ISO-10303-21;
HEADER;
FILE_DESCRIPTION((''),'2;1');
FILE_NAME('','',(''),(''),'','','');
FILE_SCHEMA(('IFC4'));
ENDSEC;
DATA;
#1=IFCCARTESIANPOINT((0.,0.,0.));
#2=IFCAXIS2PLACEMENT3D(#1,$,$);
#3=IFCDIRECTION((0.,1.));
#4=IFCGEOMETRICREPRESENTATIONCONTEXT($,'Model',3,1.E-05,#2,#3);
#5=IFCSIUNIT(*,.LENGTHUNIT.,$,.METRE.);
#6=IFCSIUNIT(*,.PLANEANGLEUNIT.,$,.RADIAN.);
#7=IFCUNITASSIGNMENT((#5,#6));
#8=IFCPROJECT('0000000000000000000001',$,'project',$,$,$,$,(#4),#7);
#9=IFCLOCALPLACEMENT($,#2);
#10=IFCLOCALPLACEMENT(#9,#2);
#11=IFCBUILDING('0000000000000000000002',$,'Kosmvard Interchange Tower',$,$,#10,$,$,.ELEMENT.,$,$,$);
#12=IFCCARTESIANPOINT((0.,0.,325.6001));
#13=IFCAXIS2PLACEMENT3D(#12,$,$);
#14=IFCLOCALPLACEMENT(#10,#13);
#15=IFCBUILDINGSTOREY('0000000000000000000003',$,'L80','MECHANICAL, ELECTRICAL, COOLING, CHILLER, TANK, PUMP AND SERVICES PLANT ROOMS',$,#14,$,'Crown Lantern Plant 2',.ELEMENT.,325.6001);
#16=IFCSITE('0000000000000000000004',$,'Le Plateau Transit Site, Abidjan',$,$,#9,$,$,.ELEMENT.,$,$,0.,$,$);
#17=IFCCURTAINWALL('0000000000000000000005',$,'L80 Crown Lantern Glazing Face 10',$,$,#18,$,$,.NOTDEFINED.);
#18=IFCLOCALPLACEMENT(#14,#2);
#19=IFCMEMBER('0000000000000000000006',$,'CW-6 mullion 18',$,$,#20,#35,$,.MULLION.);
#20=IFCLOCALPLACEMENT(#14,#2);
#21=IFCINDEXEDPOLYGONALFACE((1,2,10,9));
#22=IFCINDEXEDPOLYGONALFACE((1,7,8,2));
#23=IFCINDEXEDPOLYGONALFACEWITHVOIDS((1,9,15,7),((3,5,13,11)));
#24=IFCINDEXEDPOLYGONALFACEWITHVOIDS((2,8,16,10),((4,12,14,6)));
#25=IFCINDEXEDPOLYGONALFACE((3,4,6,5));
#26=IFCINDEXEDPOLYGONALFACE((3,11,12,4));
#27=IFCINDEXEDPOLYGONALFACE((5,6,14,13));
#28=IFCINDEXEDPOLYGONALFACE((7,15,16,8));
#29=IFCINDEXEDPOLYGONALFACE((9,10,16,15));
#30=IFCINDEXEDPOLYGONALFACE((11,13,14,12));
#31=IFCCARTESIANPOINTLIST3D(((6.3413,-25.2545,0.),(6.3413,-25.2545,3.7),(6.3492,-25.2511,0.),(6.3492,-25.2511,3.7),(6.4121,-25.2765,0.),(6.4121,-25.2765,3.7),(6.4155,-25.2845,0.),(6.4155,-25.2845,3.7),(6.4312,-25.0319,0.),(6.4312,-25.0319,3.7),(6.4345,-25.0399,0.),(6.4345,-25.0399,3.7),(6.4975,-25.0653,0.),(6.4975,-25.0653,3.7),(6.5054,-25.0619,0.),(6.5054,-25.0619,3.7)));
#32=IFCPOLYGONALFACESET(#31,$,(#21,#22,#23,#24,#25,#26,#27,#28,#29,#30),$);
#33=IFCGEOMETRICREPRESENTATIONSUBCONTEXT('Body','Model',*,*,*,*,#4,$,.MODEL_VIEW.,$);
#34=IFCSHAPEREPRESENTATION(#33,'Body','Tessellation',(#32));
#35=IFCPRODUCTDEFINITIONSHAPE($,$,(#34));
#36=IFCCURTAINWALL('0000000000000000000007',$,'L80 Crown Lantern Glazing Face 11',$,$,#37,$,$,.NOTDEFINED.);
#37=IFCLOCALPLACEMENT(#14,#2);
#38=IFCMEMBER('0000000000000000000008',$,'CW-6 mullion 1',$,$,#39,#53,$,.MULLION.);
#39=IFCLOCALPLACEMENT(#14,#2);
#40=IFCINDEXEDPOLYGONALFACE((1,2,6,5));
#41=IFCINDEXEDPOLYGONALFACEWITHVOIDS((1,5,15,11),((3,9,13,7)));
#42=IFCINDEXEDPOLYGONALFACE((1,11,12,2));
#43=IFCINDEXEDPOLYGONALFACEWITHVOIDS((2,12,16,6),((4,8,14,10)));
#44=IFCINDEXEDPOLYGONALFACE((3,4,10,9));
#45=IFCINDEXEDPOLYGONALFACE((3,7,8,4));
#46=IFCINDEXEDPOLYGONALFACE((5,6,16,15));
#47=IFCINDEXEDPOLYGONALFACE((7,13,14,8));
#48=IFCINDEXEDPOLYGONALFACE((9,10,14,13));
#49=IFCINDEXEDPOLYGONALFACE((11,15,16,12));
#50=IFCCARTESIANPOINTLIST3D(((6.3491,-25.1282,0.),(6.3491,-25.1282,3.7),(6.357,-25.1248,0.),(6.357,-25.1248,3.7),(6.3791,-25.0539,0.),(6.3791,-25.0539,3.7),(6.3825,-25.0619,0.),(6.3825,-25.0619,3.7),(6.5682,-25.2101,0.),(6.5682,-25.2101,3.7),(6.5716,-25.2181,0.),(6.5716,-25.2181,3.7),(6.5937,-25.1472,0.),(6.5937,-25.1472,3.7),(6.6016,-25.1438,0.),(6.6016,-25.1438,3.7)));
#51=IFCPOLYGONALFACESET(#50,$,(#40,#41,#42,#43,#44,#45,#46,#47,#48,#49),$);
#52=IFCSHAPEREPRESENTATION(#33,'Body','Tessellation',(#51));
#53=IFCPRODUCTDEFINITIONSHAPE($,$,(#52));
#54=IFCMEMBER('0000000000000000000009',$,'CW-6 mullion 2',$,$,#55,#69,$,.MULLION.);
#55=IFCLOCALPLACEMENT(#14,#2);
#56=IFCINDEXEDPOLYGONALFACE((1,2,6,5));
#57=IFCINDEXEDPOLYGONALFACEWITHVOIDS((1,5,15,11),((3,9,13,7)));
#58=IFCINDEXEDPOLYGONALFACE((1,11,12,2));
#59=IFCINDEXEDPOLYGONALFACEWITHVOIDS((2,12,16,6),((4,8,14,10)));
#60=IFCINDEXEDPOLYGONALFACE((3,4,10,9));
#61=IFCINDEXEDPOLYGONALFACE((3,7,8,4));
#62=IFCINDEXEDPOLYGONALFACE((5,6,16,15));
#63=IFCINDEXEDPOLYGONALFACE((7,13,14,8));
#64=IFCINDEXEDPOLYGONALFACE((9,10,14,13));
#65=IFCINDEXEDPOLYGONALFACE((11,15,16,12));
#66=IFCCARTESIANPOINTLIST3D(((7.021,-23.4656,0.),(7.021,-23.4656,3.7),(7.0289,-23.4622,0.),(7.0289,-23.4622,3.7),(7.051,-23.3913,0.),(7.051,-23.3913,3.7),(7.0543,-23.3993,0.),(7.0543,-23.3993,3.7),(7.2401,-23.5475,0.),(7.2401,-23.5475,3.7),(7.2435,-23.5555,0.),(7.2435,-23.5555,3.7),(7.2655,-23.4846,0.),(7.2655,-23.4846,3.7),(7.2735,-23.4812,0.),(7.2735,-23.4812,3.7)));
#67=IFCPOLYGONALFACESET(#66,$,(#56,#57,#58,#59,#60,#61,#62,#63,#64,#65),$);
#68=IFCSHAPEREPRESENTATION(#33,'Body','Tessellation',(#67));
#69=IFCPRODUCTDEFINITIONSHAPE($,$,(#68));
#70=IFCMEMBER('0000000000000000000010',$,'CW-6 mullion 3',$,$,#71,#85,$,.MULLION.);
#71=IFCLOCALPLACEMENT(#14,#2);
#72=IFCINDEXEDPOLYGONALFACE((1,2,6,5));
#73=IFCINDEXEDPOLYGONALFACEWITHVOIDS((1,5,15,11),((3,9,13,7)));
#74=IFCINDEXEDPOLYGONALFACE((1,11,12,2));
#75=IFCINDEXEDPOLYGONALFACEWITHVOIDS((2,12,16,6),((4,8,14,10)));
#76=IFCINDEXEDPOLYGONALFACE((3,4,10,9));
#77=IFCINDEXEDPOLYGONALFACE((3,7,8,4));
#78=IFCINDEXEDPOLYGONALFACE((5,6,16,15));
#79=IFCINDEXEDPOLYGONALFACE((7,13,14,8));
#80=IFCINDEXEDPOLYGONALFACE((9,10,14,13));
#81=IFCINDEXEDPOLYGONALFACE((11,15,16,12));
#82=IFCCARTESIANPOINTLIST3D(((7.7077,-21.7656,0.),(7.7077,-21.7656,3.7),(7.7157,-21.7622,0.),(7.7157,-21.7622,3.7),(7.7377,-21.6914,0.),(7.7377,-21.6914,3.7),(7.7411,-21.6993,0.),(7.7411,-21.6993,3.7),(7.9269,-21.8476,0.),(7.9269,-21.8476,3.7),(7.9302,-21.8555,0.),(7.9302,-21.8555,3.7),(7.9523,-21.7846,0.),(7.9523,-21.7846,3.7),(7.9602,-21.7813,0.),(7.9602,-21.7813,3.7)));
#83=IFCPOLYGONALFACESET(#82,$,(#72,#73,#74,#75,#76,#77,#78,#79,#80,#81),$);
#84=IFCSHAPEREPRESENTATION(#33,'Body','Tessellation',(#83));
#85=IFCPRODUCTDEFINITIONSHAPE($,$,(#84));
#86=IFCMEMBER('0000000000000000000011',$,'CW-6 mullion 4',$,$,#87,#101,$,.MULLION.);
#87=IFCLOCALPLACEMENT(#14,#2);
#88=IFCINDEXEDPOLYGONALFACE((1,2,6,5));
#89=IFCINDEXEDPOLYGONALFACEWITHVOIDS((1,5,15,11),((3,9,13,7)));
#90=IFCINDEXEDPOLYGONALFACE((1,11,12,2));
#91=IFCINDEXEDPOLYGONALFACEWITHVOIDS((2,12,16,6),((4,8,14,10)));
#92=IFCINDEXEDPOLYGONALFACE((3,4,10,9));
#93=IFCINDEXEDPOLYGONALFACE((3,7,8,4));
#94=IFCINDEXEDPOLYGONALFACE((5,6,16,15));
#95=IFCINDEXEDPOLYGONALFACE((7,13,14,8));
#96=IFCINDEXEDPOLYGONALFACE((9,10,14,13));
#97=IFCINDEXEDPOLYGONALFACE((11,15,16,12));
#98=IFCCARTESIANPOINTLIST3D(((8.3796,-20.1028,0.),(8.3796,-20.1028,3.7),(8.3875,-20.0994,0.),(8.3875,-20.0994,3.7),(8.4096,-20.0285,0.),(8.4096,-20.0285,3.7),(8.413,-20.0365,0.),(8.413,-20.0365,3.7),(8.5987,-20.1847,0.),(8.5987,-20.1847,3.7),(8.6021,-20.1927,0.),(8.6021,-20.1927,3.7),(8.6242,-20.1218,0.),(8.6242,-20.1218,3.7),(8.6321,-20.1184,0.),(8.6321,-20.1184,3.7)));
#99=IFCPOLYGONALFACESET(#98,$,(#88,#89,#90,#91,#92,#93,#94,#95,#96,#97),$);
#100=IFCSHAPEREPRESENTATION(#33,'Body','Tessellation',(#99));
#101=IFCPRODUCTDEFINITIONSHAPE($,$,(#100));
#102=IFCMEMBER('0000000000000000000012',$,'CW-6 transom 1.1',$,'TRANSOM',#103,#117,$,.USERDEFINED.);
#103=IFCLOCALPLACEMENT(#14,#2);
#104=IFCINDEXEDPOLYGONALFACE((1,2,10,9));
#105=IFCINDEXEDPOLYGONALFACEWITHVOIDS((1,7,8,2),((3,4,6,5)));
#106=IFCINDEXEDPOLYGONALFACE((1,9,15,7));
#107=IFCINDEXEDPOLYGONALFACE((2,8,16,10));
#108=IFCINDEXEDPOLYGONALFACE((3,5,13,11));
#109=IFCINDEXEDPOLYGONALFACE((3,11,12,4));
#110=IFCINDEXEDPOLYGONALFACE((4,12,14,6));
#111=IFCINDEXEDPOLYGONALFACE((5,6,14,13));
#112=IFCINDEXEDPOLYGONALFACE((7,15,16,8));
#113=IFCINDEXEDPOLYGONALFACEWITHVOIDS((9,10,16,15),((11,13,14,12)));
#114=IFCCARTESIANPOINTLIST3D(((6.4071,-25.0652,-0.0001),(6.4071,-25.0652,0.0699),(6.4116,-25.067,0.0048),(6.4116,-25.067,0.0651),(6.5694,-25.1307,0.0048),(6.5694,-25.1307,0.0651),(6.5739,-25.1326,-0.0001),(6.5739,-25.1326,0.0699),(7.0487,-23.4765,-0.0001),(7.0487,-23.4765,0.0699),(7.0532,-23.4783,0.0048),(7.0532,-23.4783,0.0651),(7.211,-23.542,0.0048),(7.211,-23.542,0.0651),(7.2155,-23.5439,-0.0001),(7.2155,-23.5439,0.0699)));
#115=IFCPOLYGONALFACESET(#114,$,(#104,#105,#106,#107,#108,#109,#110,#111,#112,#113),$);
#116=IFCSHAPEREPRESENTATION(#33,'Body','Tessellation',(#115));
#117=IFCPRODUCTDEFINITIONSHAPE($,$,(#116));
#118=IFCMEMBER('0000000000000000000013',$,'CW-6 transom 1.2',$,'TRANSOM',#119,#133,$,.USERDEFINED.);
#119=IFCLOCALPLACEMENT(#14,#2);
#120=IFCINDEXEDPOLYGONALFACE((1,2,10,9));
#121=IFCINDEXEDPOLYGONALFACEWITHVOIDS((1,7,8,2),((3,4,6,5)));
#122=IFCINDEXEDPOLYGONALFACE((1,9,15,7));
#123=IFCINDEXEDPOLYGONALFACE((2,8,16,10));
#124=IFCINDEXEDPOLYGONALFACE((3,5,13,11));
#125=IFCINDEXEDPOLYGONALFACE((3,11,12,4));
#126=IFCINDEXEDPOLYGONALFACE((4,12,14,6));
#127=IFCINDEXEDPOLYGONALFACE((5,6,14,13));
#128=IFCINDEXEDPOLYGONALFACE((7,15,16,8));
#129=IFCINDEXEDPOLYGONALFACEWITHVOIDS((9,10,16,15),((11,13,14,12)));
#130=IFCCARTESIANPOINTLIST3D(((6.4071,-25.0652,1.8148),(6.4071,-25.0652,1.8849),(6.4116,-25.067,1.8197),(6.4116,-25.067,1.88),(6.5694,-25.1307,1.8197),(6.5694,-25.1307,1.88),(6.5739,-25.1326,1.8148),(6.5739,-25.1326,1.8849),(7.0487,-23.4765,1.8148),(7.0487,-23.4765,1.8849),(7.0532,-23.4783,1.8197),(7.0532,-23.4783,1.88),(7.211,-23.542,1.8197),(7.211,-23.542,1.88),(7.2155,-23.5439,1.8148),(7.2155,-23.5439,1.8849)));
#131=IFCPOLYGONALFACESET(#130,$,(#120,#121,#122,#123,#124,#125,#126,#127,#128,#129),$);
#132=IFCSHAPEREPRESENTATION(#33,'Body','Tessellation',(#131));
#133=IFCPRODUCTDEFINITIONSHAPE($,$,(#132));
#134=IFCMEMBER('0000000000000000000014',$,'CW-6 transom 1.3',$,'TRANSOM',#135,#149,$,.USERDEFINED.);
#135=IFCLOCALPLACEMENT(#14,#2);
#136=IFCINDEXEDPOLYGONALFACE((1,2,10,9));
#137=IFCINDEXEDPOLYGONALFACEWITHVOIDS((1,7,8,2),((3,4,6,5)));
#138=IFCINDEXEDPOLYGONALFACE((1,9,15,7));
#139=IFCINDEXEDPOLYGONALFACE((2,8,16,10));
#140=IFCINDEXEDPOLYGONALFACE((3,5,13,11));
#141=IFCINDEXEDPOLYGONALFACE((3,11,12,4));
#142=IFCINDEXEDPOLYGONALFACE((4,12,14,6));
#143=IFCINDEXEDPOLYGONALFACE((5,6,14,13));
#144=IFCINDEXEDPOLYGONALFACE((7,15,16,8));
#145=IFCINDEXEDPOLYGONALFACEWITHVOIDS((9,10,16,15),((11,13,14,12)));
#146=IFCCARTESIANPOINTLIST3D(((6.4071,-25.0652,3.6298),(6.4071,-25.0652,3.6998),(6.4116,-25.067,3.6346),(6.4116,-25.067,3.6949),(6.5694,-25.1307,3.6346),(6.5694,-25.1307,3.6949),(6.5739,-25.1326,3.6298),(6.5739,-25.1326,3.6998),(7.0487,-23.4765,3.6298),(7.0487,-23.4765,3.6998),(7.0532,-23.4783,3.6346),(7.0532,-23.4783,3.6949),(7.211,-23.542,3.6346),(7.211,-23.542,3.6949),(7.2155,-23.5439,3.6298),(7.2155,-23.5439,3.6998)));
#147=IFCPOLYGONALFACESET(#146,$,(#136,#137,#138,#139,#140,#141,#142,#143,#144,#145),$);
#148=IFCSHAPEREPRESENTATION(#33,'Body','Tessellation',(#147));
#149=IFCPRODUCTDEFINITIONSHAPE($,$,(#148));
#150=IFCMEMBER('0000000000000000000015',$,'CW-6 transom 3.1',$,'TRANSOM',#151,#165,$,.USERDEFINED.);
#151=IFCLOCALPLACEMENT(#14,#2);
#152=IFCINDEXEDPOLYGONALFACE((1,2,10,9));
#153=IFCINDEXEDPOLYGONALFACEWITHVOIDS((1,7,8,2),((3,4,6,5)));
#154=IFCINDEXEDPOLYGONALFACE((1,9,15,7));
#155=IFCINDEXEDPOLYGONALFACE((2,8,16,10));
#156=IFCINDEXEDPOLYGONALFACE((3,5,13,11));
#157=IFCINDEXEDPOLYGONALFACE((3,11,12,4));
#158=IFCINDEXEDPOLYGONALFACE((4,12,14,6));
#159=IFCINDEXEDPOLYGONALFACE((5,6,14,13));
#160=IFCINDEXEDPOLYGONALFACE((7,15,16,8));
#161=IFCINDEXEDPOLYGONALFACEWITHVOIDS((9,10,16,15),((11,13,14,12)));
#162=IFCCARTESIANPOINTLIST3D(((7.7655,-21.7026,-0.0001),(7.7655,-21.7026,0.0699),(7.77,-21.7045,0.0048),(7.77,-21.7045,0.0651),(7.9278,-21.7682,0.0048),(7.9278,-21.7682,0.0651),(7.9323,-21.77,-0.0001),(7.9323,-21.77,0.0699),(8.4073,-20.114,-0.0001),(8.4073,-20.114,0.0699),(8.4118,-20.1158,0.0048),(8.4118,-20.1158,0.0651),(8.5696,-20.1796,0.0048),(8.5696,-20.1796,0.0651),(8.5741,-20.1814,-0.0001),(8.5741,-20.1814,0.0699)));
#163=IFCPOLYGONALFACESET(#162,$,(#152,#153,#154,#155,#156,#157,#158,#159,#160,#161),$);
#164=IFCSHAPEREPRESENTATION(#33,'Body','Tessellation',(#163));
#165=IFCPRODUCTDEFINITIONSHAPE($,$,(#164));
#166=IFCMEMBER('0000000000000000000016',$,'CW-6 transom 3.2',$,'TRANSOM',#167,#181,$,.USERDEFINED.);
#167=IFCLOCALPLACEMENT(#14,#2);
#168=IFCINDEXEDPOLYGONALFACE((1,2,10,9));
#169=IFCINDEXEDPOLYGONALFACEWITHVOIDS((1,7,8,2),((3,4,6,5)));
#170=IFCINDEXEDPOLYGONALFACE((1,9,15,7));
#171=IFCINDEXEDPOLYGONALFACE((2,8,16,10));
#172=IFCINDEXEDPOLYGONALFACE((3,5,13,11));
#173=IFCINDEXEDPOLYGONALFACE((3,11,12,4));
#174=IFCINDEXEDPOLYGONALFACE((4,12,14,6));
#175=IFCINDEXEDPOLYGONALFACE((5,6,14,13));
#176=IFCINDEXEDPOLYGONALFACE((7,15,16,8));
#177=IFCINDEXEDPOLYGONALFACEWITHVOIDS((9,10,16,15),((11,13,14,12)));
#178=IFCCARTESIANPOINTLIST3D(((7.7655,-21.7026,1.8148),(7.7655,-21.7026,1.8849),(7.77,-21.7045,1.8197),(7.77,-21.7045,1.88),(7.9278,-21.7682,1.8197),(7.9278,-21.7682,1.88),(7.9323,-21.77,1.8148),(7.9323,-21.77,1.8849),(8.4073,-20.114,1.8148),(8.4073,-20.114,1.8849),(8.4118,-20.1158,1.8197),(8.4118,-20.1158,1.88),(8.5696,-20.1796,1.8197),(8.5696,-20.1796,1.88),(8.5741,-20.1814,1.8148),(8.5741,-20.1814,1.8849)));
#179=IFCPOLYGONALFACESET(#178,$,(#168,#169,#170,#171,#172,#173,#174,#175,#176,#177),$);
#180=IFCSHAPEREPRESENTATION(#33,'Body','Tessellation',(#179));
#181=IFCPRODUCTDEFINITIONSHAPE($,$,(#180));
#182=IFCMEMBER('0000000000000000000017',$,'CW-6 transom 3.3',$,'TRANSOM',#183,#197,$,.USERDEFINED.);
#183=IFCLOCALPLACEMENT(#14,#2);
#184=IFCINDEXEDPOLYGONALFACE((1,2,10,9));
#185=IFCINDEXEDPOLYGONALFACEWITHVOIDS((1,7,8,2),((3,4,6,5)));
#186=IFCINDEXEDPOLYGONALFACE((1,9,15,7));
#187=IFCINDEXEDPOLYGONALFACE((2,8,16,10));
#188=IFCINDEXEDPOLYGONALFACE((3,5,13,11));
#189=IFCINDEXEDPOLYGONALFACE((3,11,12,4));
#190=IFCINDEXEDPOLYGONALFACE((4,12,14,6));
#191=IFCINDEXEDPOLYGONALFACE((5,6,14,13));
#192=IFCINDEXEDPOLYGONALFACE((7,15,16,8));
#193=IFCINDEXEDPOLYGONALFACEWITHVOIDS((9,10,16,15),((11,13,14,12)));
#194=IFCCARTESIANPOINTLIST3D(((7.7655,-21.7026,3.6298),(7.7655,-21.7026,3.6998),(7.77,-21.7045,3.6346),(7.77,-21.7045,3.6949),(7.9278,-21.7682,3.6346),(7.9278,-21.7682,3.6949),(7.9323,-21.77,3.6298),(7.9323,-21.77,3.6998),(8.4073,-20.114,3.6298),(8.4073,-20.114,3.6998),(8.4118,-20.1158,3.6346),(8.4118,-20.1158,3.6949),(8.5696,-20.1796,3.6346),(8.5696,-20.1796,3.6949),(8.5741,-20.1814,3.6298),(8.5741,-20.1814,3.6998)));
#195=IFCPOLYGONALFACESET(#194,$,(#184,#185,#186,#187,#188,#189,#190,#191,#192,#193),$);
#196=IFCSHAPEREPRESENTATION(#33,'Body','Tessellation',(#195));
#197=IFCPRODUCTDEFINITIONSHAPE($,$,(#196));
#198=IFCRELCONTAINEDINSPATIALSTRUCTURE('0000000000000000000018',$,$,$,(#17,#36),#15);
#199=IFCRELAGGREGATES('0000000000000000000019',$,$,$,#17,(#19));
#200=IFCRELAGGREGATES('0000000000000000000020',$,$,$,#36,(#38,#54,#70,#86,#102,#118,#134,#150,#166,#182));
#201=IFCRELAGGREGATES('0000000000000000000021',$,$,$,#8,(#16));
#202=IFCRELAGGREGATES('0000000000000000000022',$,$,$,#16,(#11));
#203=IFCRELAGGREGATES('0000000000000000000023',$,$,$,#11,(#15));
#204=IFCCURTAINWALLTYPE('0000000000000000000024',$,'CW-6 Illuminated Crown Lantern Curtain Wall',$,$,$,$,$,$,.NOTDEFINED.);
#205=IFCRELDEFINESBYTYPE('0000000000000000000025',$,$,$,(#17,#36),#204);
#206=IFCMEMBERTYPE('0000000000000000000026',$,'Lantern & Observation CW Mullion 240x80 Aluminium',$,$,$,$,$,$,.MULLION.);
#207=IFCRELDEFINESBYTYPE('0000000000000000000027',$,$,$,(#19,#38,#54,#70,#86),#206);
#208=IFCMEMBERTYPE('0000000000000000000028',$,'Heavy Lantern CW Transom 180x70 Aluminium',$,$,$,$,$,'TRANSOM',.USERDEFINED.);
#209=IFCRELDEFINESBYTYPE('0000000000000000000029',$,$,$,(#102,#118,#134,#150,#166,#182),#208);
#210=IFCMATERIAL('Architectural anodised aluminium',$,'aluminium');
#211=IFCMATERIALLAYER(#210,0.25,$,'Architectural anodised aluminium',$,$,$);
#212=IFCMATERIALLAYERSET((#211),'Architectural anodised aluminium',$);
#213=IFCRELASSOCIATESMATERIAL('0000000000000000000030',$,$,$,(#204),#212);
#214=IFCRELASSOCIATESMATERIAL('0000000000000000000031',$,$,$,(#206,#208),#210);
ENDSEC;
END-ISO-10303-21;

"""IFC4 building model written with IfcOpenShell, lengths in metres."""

from ifc_helpers import new_model, si_unit, direction, frame, origin, origin_2d, place, context, subcontext, project, spatial, hollow_rectangle, extrude, source, transform, mapped, material, layer, layer_set, material_profile, profile_set, type_object, element, aggregate, save


model = new_model("IFC4")

# Units and contexts
model_context = context("Model", 3, precision=1e-05, world=origin(), true_north=direction((0.0, 1.0)))
body_context = subcontext(model_context, "Body", "Model", "MODEL_VIEW")
ifc_project = project(units=[si_unit("LENGTHUNIT", "METRE"), si_unit("PLANEANGLEUNIT", "RADIAN")], contexts=[model_context])

# Site, building, storey
site_placement = place(None, origin())
site = spatial("IfcSite", under=ifc_project, at=site_placement, Name="Le Plateau Transit Site, Abidjan", CompositionType="ELEMENT", RefElevation=0.0)
building_placement = place(site_placement, origin())
building = spatial("IfcBuilding", under=site, at=building_placement, Name="Kosmvard Interchange Tower", CompositionType="ELEMENT")
storey_placement = place(building_placement, frame((0.0, 0.0, 325.6001)))
storey = spatial("IfcBuildingStorey", under=building, at=storey_placement, Name="L80", Description="MECHANICAL, ELECTRICAL, COOLING, CHILLER, TANK, PUMP AND SERVICES PLANT ROOMS", LongName="Crown Lantern Plant 2", CompositionType="ELEMENT", Elevation=325.6001)

# Curtain wall, member
ifc_material_1 = material(Name="Architectural anodised aluminium", Category="aluminium")
ifc_layer_1 = layer(ifc_material_1, 0.25, Name="Architectural anodised aluminium")
ifc_layer_set_1 = layer_set([ifc_layer_1], Name="Architectural anodised aluminium")
curtain_wall_type = type_object("IfcCurtainWallType", Name="CW-6 Illuminated Crown Lantern Curtain Wall", PredefinedType="NOTDEFINED", material=ifc_layer_set_1)
curtain_wall_1_placement = place(storey_placement, origin())
curtain_wall_1 = element("IfcCurtainWall", 1, at=curtain_wall_1_placement, inside=storey, type_object=curtain_wall_type, Name="L80 Crown Lantern Glazing Face 10", PredefinedType="NOTDEFINED")
ifc_material_profile_1 = material_profile(ifc_material_1, hollow_rectangle(XDim=0.24, YDim=0.0801, WallThickness=0.0061, at=origin_2d()), Name="CWM 240x80x6")
ifc_profile_set_1 = profile_set([ifc_material_profile_1], Name="Architectural anodised aluminium")
member_type_1 = type_object("IfcMemberType", Name="Lantern & Observation CW Mullion 240x80 Aluminium", PredefinedType="MULLION", material=ifc_profile_set_1)
shared_shape_1 = source(origin(), body_context, "Body", "SweptSolid", [
    extrude(hollow_rectangle(XDim=0.24, YDim=0.0801, WallThickness=0.0061, at=origin_2d()), origin(), (0.0, 0.0, 1.0), 3.7),
])
member_1_placement = place(storey_placement, frame((6.4233, -25.1582, 0.0), z_axis=(0.0, 0.0, 1.0), x_axis=(0.374607, 0.927184, 0.0)))
member_1 = element("IfcMember", 2, at=member_1_placement, type_object=member_type_1, Name="CW-6 mullion 18", PredefinedType="MULLION", context=body_context, shape_type="MappedRepresentation", body=[
    mapped(shared_shape_1, transform((0.0, 0.0, 0.0), scale=1.0)),
])

# Curtain wall, members
curtain_wall_2_placement = place(storey_placement, origin())
curtain_wall_2 = element("IfcCurtainWall", 3, at=curtain_wall_2_placement, inside=storey, type_object=curtain_wall_type, Name="L80 Crown Lantern Glazing Face 11", PredefinedType="NOTDEFINED")
member_2_placement = place(storey_placement, frame((6.4753, -25.136, 0.0), z_axis=(0.0, 0.0, 1.0), x_axis=(-0.927184, 0.374607, 0.0)))
member_2 = element("IfcMember", 4, at=member_2_placement, type_object=member_type_1, Name="CW-6 mullion 1", PredefinedType="MULLION", context=body_context, shape_type="MappedRepresentation", body=[
    mapped(shared_shape_1, transform((0.0, 0.0, 0.0), scale=1.0)),
])
member_3_placement = place(storey_placement, frame((7.1472, -23.4734, 0.0), z_axis=(0.0, 0.0, 1.0), x_axis=(-0.927184, 0.374607, 0.0)))
member_3 = element("IfcMember", 5, at=member_3_placement, type_object=member_type_1, Name="CW-6 mullion 2", PredefinedType="MULLION", context=body_context, shape_type="MappedRepresentation", body=[
    mapped(shared_shape_1, transform((0.0, 0.0, 0.0), scale=1.0)),
])
member_4_placement = place(storey_placement, frame((7.834, -21.7734, 0.0), z_axis=(0.0, 0.0, 1.0), x_axis=(-0.927184, 0.374607, 0.0)))
member_4 = element("IfcMember", 6, at=member_4_placement, type_object=member_type_1, Name="CW-6 mullion 3", PredefinedType="MULLION", context=body_context, shape_type="MappedRepresentation", body=[
    mapped(shared_shape_1, transform((0.0, 0.0, 0.0), scale=1.0)),
])
member_5_placement = place(storey_placement, frame((8.5059, -20.1106, 0.0), z_axis=(0.0, 0.0, 1.0), x_axis=(-0.927184, 0.374607, 0.0)))
member_5 = element("IfcMember", 7, at=member_5_placement, type_object=member_type_1, Name="CW-6 mullion 4", PredefinedType="MULLION", context=body_context, shape_type="MappedRepresentation", body=[
    mapped(shared_shape_1, transform((0.0, 0.0, 0.0), scale=1.0)),
])
ifc_material_profile_2 = material_profile(ifc_material_1, hollow_rectangle(XDim=0.1799, YDim=0.0701, WallThickness=0.0049, at=origin_2d()), Name="CWT 180x70x5")
ifc_profile_set_2 = profile_set([ifc_material_profile_2], Name="Architectural anodised aluminium")
member_type_2 = type_object("IfcMemberType", Name="Heavy Lantern CW Transom 180x70 Aluminium", ElementType="TRANSOM", PredefinedType="USERDEFINED", material=ifc_profile_set_2)
shared_shape_2 = source(origin(), body_context, "Body", "SweptSolid", [
    extrude(hollow_rectangle(XDim=0.1799, YDim=0.0701, WallThickness=0.0049, at=origin_2d()), origin(), (0.0, 0.0, 1.0), 1.7134),
])
member_6_placement = place(storey_placement, frame((6.4905, -25.0989, 0.0349), z_axis=(0.374484, 0.927233, 0.0), x_axis=(-0.927233, 0.374484, 0.0)))
member_6 = element("IfcMember", 8, at=member_6_placement, type_object=member_type_2, Name="CW-6 transom 1.1", ObjectType="TRANSOM", PredefinedType="USERDEFINED", context=body_context, shape_type="MappedRepresentation", body=[
    mapped(shared_shape_2, transform((0.0, 0.0, 0.0), scale=1.0)),
])
member_7_placement = place(storey_placement, frame((6.4905, -25.0989, 1.8499), z_axis=(0.374484, 0.927233, 0.0), x_axis=(-0.927233, 0.374484, 0.0)))
member_7 = element("IfcMember", 9, at=member_7_placement, type_object=member_type_2, Name="CW-6 transom 1.2", ObjectType="TRANSOM", PredefinedType="USERDEFINED", context=body_context, shape_type="MappedRepresentation", body=[
    mapped(shared_shape_2, transform((0.0, 0.0, 0.0), scale=1.0)),
])
member_8_placement = place(storey_placement, frame((6.4905, -25.0989, 3.6648), z_axis=(0.374484, 0.927233, 0.0), x_axis=(-0.927233, 0.374484, 0.0)))
member_8 = element("IfcMember", 10, at=member_8_placement, type_object=member_type_2, Name="CW-6 transom 1.3", ObjectType="TRANSOM", PredefinedType="USERDEFINED", context=body_context, shape_type="MappedRepresentation", body=[
    mapped(shared_shape_2, transform((0.0, 0.0, 0.0), scale=1.0)),
])
member_9_placement = place(storey_placement, frame((7.8489, -21.7363, 0.0349), z_axis=(0.374607, 0.927184, 0.0), x_axis=(-0.927184, 0.374607, 0.0)))
member_9 = element("IfcMember", 11, at=member_9_placement, type_object=member_type_2, Name="CW-6 transom 3.1", ObjectType="TRANSOM", PredefinedType="USERDEFINED", context=body_context, shape_type="MappedRepresentation", body=[
    mapped(shared_shape_2, transform((0.0, 0.0, 0.0), scale=1.0)),
])
member_10_placement = place(storey_placement, frame((7.8489, -21.7363, 1.8499), z_axis=(0.374607, 0.927184, 0.0), x_axis=(-0.927184, 0.374607, 0.0)))
member_10 = element("IfcMember", 12, at=member_10_placement, type_object=member_type_2, Name="CW-6 transom 3.2", ObjectType="TRANSOM", PredefinedType="USERDEFINED", context=body_context, shape_type="MappedRepresentation", body=[
    mapped(shared_shape_2, transform((0.0, 0.0, 0.0), scale=1.0)),
])
member_11_placement = place(storey_placement, frame((7.8489, -21.7363, 3.6648), z_axis=(0.374607, 0.927184, 0.0), x_axis=(-0.927184, 0.374607, 0.0)))
member_11 = element("IfcMember", 13, at=member_11_placement, type_object=member_type_2, Name="CW-6 transom 3.3", ObjectType="TRANSOM", PredefinedType="USERDEFINED", context=body_context, shape_type="MappedRepresentation", body=[
    mapped(shared_shape_2, transform((0.0, 0.0, 0.0), scale=1.0)),
])

aggregate(curtain_wall_1, [member_1])
aggregate(curtain_wall_2, [member_2, member_3, member_4, member_5, member_6, member_7, member_8, member_9, member_10, member_11])

save(model, "model.ifc")
